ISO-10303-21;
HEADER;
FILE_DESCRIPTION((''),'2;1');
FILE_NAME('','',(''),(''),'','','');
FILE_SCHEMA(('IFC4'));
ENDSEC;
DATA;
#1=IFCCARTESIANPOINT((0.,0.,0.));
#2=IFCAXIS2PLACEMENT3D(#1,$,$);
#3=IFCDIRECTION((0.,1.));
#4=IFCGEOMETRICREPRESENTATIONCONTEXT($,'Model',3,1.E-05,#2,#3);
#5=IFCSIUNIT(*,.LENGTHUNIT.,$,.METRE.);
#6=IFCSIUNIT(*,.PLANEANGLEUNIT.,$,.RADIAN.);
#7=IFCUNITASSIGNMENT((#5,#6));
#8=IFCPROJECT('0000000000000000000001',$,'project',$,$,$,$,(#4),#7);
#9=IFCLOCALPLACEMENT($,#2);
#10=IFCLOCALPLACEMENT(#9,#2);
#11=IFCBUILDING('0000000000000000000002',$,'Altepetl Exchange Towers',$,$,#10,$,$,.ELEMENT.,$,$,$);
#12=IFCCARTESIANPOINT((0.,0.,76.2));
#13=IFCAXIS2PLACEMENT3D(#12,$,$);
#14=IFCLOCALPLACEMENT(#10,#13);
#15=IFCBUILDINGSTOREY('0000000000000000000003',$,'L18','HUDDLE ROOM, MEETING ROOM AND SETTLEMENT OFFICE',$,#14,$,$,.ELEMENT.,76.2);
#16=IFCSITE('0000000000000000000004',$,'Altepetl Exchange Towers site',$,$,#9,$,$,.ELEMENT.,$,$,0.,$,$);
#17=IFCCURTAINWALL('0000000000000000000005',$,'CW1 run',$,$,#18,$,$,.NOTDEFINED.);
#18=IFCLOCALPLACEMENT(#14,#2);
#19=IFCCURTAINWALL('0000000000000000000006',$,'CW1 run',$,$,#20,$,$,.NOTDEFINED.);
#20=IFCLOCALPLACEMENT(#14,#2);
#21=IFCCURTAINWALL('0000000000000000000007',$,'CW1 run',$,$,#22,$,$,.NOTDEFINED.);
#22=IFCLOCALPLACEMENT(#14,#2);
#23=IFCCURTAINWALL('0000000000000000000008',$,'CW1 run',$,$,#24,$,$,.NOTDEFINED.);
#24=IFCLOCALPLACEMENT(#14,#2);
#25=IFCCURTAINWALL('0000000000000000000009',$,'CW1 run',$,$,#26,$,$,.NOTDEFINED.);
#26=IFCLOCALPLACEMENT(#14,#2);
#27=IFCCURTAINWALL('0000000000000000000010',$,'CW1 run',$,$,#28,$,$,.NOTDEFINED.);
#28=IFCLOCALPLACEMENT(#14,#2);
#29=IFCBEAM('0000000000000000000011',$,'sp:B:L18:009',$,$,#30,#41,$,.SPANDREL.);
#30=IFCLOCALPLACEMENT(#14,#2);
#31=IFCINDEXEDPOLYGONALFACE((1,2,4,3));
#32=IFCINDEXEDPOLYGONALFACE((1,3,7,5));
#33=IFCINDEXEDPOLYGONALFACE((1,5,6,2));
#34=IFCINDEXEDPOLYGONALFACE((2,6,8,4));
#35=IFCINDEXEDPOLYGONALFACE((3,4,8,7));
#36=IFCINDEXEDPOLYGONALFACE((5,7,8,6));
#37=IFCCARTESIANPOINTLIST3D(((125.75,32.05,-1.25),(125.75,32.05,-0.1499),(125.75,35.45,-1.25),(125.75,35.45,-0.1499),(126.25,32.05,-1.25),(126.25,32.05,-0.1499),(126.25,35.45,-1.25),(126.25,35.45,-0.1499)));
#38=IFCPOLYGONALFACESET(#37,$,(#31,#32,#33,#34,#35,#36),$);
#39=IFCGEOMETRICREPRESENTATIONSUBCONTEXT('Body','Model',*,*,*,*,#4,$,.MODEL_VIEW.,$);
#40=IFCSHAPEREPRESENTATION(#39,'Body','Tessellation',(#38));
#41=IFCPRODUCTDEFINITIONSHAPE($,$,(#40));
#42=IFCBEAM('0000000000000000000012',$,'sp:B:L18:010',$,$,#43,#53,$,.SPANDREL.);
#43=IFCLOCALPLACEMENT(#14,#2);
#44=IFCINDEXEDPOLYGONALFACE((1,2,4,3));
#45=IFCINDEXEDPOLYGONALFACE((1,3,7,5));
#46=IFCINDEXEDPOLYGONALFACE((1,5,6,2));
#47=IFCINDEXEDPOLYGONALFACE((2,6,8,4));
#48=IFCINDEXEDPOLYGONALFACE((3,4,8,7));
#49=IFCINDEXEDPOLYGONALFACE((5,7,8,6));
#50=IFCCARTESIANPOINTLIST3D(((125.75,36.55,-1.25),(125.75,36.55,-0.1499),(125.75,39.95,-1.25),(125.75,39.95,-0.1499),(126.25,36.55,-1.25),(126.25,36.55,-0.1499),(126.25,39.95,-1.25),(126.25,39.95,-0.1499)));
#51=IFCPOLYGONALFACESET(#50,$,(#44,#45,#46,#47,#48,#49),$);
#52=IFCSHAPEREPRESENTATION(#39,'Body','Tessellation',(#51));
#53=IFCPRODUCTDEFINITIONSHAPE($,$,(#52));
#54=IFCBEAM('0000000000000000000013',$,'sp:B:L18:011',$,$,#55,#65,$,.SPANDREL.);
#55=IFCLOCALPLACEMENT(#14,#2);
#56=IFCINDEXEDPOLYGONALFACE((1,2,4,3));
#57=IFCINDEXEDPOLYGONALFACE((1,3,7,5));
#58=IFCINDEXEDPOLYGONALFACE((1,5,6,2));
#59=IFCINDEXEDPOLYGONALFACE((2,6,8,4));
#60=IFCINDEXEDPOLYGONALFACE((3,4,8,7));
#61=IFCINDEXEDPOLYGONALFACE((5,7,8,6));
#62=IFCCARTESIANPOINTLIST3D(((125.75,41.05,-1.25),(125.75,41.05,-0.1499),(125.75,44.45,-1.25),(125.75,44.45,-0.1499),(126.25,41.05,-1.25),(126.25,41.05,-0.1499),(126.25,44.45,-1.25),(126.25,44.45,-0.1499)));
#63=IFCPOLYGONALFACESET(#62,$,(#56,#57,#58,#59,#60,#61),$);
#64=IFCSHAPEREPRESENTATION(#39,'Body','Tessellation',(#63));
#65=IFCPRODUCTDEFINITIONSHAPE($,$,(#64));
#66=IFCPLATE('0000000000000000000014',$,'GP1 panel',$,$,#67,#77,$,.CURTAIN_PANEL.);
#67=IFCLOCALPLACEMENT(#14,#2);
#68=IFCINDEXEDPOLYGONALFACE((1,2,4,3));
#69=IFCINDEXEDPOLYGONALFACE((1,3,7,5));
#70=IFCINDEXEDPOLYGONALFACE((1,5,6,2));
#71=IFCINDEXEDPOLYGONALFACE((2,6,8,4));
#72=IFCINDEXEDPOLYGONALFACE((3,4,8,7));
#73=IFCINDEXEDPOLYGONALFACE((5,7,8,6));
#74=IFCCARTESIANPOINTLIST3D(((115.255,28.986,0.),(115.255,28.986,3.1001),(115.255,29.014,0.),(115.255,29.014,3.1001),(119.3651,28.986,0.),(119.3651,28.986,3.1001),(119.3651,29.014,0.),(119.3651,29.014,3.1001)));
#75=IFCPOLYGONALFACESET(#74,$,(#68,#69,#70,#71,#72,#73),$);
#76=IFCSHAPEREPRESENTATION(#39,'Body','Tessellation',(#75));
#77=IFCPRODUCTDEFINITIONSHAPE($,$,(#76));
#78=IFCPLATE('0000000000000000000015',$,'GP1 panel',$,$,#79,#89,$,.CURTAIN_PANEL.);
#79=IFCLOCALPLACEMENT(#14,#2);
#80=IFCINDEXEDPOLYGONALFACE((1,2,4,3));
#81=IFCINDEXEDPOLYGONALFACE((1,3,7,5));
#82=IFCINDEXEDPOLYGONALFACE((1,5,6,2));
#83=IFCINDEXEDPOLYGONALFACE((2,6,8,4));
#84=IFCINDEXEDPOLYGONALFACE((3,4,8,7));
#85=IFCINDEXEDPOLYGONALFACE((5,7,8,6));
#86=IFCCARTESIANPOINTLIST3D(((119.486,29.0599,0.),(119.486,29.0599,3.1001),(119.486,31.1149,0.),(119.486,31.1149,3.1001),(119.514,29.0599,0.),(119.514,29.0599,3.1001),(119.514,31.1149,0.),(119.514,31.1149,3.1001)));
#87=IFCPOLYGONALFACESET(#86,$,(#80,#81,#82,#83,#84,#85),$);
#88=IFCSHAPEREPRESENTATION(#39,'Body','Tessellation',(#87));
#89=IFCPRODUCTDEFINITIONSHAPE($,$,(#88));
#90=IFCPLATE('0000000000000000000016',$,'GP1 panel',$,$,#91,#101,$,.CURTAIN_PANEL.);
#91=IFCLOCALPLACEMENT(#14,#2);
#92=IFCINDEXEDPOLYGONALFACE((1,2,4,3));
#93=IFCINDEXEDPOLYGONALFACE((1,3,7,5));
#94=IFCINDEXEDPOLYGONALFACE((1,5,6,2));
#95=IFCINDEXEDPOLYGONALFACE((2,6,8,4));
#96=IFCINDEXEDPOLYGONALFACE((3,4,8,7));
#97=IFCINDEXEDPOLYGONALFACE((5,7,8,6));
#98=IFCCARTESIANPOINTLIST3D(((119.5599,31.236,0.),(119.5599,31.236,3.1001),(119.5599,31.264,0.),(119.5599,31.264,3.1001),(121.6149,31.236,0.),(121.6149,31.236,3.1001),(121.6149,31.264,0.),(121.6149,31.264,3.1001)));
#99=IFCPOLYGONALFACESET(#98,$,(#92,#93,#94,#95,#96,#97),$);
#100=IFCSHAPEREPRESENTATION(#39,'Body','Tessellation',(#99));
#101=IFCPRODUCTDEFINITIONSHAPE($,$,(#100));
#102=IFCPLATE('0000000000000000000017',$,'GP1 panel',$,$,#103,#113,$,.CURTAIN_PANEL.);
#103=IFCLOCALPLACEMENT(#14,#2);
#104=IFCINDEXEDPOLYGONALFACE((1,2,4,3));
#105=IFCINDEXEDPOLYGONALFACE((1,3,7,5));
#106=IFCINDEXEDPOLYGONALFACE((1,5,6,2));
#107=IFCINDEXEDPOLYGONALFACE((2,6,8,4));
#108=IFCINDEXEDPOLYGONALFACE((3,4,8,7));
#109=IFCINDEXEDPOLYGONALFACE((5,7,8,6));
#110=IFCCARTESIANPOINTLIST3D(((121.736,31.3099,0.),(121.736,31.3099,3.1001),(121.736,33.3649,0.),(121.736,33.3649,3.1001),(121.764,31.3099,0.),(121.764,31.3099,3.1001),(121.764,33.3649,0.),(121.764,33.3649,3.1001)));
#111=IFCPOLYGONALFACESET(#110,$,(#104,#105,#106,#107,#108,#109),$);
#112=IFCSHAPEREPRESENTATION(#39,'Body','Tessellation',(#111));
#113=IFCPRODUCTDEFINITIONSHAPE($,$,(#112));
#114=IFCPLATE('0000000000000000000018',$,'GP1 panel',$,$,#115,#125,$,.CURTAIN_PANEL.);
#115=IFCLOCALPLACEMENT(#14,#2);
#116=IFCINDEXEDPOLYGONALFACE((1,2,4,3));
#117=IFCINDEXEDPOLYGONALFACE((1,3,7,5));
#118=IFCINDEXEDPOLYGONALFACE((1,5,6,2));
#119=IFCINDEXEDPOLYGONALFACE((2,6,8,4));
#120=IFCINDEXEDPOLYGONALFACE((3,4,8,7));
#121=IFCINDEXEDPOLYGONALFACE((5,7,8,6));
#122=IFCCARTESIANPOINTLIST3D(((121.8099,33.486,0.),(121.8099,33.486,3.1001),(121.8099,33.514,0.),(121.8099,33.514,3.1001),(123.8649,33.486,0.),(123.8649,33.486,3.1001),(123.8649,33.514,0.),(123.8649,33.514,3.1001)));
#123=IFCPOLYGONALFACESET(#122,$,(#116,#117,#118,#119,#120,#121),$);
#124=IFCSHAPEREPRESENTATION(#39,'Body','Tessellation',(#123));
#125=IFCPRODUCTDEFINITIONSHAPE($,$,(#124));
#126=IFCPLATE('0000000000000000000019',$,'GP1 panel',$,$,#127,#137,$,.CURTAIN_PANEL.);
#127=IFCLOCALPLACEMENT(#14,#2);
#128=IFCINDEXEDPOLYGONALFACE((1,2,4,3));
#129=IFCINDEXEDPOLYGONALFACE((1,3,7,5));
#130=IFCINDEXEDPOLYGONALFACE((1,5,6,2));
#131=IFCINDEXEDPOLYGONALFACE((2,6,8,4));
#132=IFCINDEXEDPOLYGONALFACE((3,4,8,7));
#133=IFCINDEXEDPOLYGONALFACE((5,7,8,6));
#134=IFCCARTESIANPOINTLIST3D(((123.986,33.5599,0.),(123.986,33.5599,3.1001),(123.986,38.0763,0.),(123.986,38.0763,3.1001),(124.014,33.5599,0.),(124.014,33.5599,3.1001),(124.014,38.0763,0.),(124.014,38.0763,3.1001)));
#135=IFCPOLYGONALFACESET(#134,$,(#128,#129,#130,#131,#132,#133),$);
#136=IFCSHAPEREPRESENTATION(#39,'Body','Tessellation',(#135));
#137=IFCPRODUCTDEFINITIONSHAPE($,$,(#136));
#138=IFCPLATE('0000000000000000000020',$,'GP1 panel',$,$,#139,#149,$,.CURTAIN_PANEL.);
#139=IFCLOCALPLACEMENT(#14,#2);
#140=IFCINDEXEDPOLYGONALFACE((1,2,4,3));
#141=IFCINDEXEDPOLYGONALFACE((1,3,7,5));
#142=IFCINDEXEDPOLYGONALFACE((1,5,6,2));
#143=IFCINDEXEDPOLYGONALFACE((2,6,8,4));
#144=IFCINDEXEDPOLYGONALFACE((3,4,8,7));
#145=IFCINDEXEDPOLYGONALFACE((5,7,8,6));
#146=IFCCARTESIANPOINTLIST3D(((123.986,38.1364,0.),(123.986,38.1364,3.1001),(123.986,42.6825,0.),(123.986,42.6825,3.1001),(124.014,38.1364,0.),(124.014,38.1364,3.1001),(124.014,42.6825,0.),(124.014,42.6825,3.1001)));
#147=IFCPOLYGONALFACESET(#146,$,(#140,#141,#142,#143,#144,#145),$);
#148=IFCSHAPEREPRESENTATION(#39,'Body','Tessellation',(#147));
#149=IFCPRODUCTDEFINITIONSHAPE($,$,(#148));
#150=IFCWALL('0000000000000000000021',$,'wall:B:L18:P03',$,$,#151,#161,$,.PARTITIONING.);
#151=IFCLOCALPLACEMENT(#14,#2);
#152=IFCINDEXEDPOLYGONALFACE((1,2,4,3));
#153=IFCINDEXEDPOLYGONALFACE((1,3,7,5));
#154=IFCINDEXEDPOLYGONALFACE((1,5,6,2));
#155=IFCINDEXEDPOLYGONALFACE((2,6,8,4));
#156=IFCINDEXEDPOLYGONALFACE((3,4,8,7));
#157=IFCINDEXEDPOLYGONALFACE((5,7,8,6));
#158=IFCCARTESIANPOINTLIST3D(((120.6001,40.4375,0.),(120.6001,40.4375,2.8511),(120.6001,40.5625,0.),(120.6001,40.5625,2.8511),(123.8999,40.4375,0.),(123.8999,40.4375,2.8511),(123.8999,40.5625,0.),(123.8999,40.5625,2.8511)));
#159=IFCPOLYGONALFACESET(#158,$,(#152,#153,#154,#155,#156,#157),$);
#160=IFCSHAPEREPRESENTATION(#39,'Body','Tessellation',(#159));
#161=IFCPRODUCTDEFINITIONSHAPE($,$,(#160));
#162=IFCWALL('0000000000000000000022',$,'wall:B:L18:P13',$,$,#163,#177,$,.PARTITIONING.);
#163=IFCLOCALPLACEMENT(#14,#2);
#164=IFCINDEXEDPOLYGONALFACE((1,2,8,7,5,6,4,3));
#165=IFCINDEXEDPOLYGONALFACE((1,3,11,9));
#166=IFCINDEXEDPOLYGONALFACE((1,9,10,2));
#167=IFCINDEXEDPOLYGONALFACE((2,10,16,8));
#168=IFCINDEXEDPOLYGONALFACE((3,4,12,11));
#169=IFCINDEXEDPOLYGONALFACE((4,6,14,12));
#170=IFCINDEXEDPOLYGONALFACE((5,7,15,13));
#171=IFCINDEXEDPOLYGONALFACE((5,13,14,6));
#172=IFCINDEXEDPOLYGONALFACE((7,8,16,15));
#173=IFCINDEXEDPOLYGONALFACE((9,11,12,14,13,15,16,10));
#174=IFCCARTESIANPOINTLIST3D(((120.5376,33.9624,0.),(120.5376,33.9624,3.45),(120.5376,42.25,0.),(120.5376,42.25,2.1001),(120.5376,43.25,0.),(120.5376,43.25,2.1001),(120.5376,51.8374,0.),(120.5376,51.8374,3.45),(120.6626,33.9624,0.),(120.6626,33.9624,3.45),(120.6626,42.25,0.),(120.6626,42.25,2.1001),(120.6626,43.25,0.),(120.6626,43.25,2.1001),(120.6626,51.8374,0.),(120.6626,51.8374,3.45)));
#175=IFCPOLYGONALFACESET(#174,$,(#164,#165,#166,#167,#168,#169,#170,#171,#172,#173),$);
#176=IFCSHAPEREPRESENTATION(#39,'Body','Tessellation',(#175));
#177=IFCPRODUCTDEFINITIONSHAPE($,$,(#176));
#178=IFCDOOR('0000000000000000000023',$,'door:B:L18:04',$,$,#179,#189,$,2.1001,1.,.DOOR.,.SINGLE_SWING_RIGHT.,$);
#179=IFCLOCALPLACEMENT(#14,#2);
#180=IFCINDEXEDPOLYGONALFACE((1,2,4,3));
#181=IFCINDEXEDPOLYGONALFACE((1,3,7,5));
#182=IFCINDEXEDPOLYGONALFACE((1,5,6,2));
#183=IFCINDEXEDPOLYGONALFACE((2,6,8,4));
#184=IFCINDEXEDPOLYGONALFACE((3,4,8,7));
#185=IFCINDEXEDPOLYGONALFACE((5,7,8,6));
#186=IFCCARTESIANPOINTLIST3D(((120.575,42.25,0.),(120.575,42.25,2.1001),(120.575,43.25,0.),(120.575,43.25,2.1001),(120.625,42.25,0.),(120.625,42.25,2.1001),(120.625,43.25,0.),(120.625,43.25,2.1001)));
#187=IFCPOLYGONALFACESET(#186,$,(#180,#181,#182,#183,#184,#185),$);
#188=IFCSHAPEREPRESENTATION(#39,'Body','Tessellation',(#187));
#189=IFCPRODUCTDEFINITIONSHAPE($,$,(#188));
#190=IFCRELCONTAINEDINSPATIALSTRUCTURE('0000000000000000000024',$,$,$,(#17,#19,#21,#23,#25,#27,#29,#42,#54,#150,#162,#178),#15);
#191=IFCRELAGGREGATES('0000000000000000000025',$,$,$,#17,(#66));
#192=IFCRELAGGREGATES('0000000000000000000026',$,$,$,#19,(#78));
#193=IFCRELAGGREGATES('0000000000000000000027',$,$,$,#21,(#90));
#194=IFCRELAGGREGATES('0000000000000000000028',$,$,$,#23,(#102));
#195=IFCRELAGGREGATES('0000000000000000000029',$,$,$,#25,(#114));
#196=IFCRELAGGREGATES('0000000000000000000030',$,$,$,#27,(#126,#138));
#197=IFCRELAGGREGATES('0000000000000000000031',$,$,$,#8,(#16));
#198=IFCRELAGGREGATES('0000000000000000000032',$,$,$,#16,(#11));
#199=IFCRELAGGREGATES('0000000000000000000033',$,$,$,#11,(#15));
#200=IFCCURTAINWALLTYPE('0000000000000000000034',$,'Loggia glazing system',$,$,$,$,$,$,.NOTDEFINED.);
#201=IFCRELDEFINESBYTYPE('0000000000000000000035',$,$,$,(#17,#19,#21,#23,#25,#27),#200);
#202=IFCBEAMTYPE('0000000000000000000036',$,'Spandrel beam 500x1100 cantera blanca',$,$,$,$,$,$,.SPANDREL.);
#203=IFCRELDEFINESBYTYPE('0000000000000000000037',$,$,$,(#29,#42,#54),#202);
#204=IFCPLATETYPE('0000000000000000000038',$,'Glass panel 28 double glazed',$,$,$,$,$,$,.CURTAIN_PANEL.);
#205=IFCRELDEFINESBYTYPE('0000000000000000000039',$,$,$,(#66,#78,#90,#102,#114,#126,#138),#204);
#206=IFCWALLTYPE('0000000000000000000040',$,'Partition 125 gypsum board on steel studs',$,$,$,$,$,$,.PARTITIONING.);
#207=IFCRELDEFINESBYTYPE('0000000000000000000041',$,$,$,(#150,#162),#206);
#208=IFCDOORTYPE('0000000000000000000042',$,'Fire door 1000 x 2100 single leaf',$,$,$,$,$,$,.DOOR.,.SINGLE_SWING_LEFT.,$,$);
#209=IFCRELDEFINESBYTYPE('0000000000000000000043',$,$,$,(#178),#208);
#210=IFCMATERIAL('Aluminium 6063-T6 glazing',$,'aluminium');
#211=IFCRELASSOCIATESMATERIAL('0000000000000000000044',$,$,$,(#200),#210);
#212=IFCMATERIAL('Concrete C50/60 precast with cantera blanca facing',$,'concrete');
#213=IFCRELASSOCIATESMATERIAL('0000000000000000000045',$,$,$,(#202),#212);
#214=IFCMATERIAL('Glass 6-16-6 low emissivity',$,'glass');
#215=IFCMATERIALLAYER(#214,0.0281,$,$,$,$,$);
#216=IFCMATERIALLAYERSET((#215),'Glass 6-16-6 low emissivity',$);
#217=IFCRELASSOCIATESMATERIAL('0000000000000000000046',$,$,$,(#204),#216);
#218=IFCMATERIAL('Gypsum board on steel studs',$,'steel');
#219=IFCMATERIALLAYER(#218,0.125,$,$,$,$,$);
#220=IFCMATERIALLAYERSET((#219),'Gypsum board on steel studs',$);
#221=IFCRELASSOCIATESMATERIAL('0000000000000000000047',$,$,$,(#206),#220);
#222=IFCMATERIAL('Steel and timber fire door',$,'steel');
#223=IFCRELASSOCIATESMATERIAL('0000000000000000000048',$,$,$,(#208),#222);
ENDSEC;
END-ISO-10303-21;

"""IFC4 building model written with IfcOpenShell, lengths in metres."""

from ifc_helpers import new_model, si_unit, direction, frame, frame_2d, origin, origin_2d, place, context, subcontext, project, spatial, rectangle, extrude, material, layer, layer_set, material_profile, profile_set, type_object, element, fill, aggregate, save


model = new_model("IFC4")

# Units and contexts
model_context = context("Model", 3, precision=1e-05, world=origin(), true_north=direction((0.0, 1.0)))
body_context = subcontext(model_context, "Body", "Model", "MODEL_VIEW")
ifc_project = project(units=[si_unit("LENGTHUNIT", "METRE"), si_unit("PLANEANGLEUNIT", "RADIAN")], contexts=[model_context])

# Site, building, storey
site_placement = place(None, origin())
site = spatial("IfcSite", under=ifc_project, at=site_placement, Name="Altepetl Exchange Towers site", CompositionType="ELEMENT", RefElevation=0.0)
building_placement = place(site_placement, origin())
building = spatial("IfcBuilding", under=site, at=building_placement, Name="Altepetl Exchange Towers", CompositionType="ELEMENT")
storey_placement = place(building_placement, frame((0.0, 0.0, 76.2)))
storey = spatial("IfcBuildingStorey", under=building, at=storey_placement, Name="L18", Description="HUDDLE ROOM, MEETING ROOM AND SETTLEMENT OFFICE", CompositionType="ELEMENT", Elevation=76.2)

# Curtain wall
ifc_material_1 = material(Name="Aluminium 6063-T6 glazing", Category="aluminium")
curtain_wall_type = type_object("IfcCurtainWallType", Name="Loggia glazing system", PredefinedType="NOTDEFINED", material=ifc_material_1)
curtain_wall_1_placement = place(storey_placement, origin())
curtain_wall_1 = element("IfcCurtainWall", 1, at=curtain_wall_1_placement, inside=storey, type_object=curtain_wall_type, Name="CW1 run", PredefinedType="NOTDEFINED")

# Curtain walls
curtain_wall_2_placement = place(storey_placement, origin())
curtain_wall_2 = element("IfcCurtainWall", 2, at=curtain_wall_2_placement, inside=storey, type_object=curtain_wall_type, Name="CW1 run", PredefinedType="NOTDEFINED")
curtain_wall_3_placement = place(storey_placement, origin())
curtain_wall_3 = element("IfcCurtainWall", 3, at=curtain_wall_3_placement, inside=storey, type_object=curtain_wall_type, Name="CW1 run", PredefinedType="NOTDEFINED")
curtain_wall_4_placement = place(storey_placement, origin())
curtain_wall_4 = element("IfcCurtainWall", 4, at=curtain_wall_4_placement, inside=storey, type_object=curtain_wall_type, Name="CW1 run", PredefinedType="NOTDEFINED")
curtain_wall_5_placement = place(storey_placement, origin())
curtain_wall_5 = element("IfcCurtainWall", 5, at=curtain_wall_5_placement, inside=storey, type_object=curtain_wall_type, Name="CW1 run", PredefinedType="NOTDEFINED")
curtain_wall_6_placement = place(storey_placement, origin())
curtain_wall_6 = element("IfcCurtainWall", 6, at=curtain_wall_6_placement, inside=storey, type_object=curtain_wall_type, Name="CW1 run", PredefinedType="NOTDEFINED")

# Beams
ifc_material_2 = material(Name="Concrete C50/60 precast with cantera blanca facing", Category="concrete")
ifc_material_profile_1 = material_profile(ifc_material_2, rectangle(XDim=0.5, YDim=1.1001, at=origin_2d()), Name="500 x 1100")
ifc_profile_set_1 = profile_set([ifc_material_profile_1], Name="Concrete C50/60 precast with cantera blanca facing")
beam_type_1 = type_object("IfcBeamType", Name="Spandrel beam 500x1100 cantera blanca", PredefinedType="SPANDREL", material=ifc_profile_set_1)
for number, where, z_axis, x_axis, name in (
    (7, (126.0, 32.05, -0.7), (0.0, 1.0, 0.0), (-1.0, 0.0, 0.0), "sp:B:L18:009"),
    (8, (126.0, 36.55, -0.7), (0.0, 1.0, 0.0), (-1.0, 0.0, 0.0), "sp:B:L18:010"),
    (9, (126.0, 41.05, -0.7), (0.0, 1.0, 0.0), (-1.0, 0.0, 0.0), "sp:B:L18:011"),
):
    element("IfcBeam", number, at=place(storey_placement, frame(where, z_axis=z_axis, x_axis=x_axis)), inside=storey, type_object=beam_type_1, Name=name, PredefinedType="SPANDREL", context=body_context, shape_type="SweptSolid", body=[
        extrude(rectangle(XDim=0.5, YDim=1.1001, at=origin_2d()), origin(), (0.0, 0.0, 1.0), 3.3999),
    ])

# Plates
ifc_material_3 = material(Name="Glass 6-16-6 low emissivity", Category="glass")
ifc_layer_1 = layer(ifc_material_3, 0.0281)
ifc_layer_set_1 = layer_set([ifc_layer_1], Name="Glass 6-16-6 low emissivity")
plate_type = type_object("IfcPlateType", Name="Glass panel 28 double glazed", PredefinedType="CURTAIN_PANEL", material=ifc_layer_set_1)
plate_1_placement = place(storey_placement, frame((117.3101, 29.0, 0.0)))
plate_1 = element("IfcPlate", 10, at=plate_1_placement, type_object=plate_type, Name="GP1 panel", PredefinedType="CURTAIN_PANEL", context=body_context, shape_type="SweptSolid", body=[
    extrude(rectangle(XDim=4.1101, YDim=0.0281, at=origin_2d()), origin(), (0.0, 0.0, 1.0), 3.1001),
])
aggregate(curtain_wall_1, [plate_1])
plate_2_placement = place(storey_placement, frame((119.5, 30.0874, 0.0), z_axis=(0.0, 0.0, 1.0), x_axis=(0.0, 1.0, 0.0)))
plate_2 = element("IfcPlate", 11, at=plate_2_placement, type_object=plate_type, Name="GP1 panel", PredefinedType="CURTAIN_PANEL", context=body_context, shape_type="SweptSolid", body=[
    extrude(rectangle(XDim=2.0549, YDim=0.0281, at=origin_2d()), origin(), (0.0, 0.0, 1.0), 3.1001),
])
aggregate(curtain_wall_2, [plate_2])
plate_3_placement = place(storey_placement, frame((120.5874, 31.25, 0.0)))
plate_3 = element("IfcPlate", 12, at=plate_3_placement, type_object=plate_type, Name="GP1 panel", PredefinedType="CURTAIN_PANEL", context=body_context, shape_type="SweptSolid", body=[
    extrude(rectangle(XDim=2.0549, YDim=0.0281, at=origin_2d()), origin(), (0.0, 0.0, 1.0), 3.1001),
])
aggregate(curtain_wall_3, [plate_3])
plate_4_placement = place(storey_placement, frame((121.75, 32.3374, 0.0), z_axis=(0.0, 0.0, 1.0), x_axis=(0.0, 1.0, 0.0)))
plate_4 = element("IfcPlate", 13, at=plate_4_placement, type_object=plate_type, Name="GP1 panel", PredefinedType="CURTAIN_PANEL", context=body_context, shape_type="SweptSolid", body=[
    extrude(rectangle(XDim=2.0549, YDim=0.0281, at=origin_2d()), origin(), (0.0, 0.0, 1.0), 3.1001),
])
aggregate(curtain_wall_4, [plate_4])
plate_5_placement = place(storey_placement, frame((122.8374, 33.5, 0.0)))
plate_5 = element("IfcPlate", 14, at=plate_5_placement, type_object=plate_type, Name="GP1 panel", PredefinedType="CURTAIN_PANEL", context=body_context, shape_type="SweptSolid", body=[
    extrude(rectangle(XDim=2.0549, YDim=0.0281, at=origin_2d()), origin(), (0.0, 0.0, 1.0), 3.1001),
])
aggregate(curtain_wall_5, [plate_5])
plate_6_placement = place(storey_placement, frame((124.0, 35.8181, 0.0), z_axis=(0.0, 0.0, 1.0), x_axis=(0.0, 1.0, 0.0)))
plate_6 = element("IfcPlate", 15, at=plate_6_placement, type_object=plate_type, Name="GP1 panel", PredefinedType="CURTAIN_PANEL", context=body_context, shape_type="SweptSolid", body=[
    extrude(rectangle(XDim=4.5164, YDim=0.0281, at=origin_2d()), origin(), (0.0, 0.0, 1.0), 3.1001),
])
plate_7_placement = place(storey_placement, frame((124.0, 40.4094, 0.0), z_axis=(0.0, 0.0, 1.0), x_axis=(0.0, 1.0, 0.0)))
plate_7 = element("IfcPlate", 16, at=plate_7_placement, type_object=plate_type, Name="GP1 panel", PredefinedType="CURTAIN_PANEL", context=body_context, shape_type="SweptSolid", body=[
    extrude(rectangle(XDim=4.5461, YDim=0.0281, at=origin_2d()), origin(), (0.0, 0.0, 1.0), 3.1001),
])
aggregate(curtain_wall_6, [plate_6, plate_7])

# Wall
ifc_material_4 = material(Name="Gypsum board on steel studs", Category="steel")
ifc_layer_2 = layer(ifc_material_4, 0.125)
ifc_layer_set_2 = layer_set([ifc_layer_2], Name="Gypsum board on steel studs")
wall_type = type_object("IfcWallType", Name="Partition 125 gypsum board on steel studs", PredefinedType="PARTITIONING", material=ifc_layer_set_2)
wall_1_placement = place(storey_placement, frame((120.6001, 40.5, 0.0)))
element("IfcWall", 17, at=wall_1_placement, inside=storey, type_object=wall_type, Name="wall:B:L18:P03", PredefinedType="PARTITIONING", context=body_context, shape_type="SweptSolid", body=[
    extrude(rectangle(XDim=3.2998, YDim=0.125, at=frame_2d((1.6499, 0.0))), origin(), (0.0, 0.0, 1.0), 2.8511),
])

# Wall, opening, door
wall_2_placement = place(storey_placement, frame((120.6001, 33.9624, 0.0), z_axis=(0.0, 0.0, 1.0), x_axis=(0.0, 1.0, 0.0)))
wall_2 = element("IfcWall", 18, at=wall_2_placement, inside=storey, type_object=wall_type, Name="wall:B:L18:P13", PredefinedType="PARTITIONING", context=body_context, shape_type="SweptSolid", body=[
    extrude(rectangle(XDim=17.875, YDim=0.125, at=frame_2d((8.9375, 0.0))), origin(), (0.0, 0.0, 1.0), 3.45),
])
opening_placement = place(wall_2_placement, frame((8.2876, 0.0, 0.0)))
opening = element("IfcOpeningElement", 19, at=opening_placement, cuts=wall_2, PredefinedType="OPENING", context=body_context, shape_type="SweptSolid", body=[
    extrude(rectangle(XDim=1.0, YDim=2.1001, at=frame_2d((0.5, 1.05))), frame((0.0, 0.0725, 0.0), z_axis=(0.0, -1.0, 0.0), x_axis=(1.0, 0.0, 0.0)), (0.0, 0.0, 1.0), 0.145),
])
ifc_material_5 = material(Name="Steel and timber fire door", Category="steel")
door_type = type_object("IfcDoorType", Name="Fire door 1000 x 2100 single leaf", OperationType="SINGLE_SWING_LEFT", PredefinedType="DOOR", material=ifc_material_5)
door_placement = place(opening_placement, frame((1.0, 0.0, 0.0), x_axis=(-1.0, 0.0, 0.0)))
door = element("IfcDoor", 20, at=door_placement, inside=storey, type_object=door_type, Name="door:B:L18:04", OperationType="SINGLE_SWING_RIGHT", OverallHeight=2.1001, OverallWidth=1.0, PredefinedType="DOOR", context=body_context, shape_type="SweptSolid", body=[
    extrude(rectangle(XDim=1.0, YDim=2.1001, at=frame_2d((0.5, 1.05))), frame((0.0, 0.0249, 0.0), z_axis=(0.0, -1.0, 0.0), x_axis=(1.0, 0.0, 0.0)), (0.0, 0.0, 1.0), 0.05),
])
fill(opening, door)

save(model, "model.ifc")
